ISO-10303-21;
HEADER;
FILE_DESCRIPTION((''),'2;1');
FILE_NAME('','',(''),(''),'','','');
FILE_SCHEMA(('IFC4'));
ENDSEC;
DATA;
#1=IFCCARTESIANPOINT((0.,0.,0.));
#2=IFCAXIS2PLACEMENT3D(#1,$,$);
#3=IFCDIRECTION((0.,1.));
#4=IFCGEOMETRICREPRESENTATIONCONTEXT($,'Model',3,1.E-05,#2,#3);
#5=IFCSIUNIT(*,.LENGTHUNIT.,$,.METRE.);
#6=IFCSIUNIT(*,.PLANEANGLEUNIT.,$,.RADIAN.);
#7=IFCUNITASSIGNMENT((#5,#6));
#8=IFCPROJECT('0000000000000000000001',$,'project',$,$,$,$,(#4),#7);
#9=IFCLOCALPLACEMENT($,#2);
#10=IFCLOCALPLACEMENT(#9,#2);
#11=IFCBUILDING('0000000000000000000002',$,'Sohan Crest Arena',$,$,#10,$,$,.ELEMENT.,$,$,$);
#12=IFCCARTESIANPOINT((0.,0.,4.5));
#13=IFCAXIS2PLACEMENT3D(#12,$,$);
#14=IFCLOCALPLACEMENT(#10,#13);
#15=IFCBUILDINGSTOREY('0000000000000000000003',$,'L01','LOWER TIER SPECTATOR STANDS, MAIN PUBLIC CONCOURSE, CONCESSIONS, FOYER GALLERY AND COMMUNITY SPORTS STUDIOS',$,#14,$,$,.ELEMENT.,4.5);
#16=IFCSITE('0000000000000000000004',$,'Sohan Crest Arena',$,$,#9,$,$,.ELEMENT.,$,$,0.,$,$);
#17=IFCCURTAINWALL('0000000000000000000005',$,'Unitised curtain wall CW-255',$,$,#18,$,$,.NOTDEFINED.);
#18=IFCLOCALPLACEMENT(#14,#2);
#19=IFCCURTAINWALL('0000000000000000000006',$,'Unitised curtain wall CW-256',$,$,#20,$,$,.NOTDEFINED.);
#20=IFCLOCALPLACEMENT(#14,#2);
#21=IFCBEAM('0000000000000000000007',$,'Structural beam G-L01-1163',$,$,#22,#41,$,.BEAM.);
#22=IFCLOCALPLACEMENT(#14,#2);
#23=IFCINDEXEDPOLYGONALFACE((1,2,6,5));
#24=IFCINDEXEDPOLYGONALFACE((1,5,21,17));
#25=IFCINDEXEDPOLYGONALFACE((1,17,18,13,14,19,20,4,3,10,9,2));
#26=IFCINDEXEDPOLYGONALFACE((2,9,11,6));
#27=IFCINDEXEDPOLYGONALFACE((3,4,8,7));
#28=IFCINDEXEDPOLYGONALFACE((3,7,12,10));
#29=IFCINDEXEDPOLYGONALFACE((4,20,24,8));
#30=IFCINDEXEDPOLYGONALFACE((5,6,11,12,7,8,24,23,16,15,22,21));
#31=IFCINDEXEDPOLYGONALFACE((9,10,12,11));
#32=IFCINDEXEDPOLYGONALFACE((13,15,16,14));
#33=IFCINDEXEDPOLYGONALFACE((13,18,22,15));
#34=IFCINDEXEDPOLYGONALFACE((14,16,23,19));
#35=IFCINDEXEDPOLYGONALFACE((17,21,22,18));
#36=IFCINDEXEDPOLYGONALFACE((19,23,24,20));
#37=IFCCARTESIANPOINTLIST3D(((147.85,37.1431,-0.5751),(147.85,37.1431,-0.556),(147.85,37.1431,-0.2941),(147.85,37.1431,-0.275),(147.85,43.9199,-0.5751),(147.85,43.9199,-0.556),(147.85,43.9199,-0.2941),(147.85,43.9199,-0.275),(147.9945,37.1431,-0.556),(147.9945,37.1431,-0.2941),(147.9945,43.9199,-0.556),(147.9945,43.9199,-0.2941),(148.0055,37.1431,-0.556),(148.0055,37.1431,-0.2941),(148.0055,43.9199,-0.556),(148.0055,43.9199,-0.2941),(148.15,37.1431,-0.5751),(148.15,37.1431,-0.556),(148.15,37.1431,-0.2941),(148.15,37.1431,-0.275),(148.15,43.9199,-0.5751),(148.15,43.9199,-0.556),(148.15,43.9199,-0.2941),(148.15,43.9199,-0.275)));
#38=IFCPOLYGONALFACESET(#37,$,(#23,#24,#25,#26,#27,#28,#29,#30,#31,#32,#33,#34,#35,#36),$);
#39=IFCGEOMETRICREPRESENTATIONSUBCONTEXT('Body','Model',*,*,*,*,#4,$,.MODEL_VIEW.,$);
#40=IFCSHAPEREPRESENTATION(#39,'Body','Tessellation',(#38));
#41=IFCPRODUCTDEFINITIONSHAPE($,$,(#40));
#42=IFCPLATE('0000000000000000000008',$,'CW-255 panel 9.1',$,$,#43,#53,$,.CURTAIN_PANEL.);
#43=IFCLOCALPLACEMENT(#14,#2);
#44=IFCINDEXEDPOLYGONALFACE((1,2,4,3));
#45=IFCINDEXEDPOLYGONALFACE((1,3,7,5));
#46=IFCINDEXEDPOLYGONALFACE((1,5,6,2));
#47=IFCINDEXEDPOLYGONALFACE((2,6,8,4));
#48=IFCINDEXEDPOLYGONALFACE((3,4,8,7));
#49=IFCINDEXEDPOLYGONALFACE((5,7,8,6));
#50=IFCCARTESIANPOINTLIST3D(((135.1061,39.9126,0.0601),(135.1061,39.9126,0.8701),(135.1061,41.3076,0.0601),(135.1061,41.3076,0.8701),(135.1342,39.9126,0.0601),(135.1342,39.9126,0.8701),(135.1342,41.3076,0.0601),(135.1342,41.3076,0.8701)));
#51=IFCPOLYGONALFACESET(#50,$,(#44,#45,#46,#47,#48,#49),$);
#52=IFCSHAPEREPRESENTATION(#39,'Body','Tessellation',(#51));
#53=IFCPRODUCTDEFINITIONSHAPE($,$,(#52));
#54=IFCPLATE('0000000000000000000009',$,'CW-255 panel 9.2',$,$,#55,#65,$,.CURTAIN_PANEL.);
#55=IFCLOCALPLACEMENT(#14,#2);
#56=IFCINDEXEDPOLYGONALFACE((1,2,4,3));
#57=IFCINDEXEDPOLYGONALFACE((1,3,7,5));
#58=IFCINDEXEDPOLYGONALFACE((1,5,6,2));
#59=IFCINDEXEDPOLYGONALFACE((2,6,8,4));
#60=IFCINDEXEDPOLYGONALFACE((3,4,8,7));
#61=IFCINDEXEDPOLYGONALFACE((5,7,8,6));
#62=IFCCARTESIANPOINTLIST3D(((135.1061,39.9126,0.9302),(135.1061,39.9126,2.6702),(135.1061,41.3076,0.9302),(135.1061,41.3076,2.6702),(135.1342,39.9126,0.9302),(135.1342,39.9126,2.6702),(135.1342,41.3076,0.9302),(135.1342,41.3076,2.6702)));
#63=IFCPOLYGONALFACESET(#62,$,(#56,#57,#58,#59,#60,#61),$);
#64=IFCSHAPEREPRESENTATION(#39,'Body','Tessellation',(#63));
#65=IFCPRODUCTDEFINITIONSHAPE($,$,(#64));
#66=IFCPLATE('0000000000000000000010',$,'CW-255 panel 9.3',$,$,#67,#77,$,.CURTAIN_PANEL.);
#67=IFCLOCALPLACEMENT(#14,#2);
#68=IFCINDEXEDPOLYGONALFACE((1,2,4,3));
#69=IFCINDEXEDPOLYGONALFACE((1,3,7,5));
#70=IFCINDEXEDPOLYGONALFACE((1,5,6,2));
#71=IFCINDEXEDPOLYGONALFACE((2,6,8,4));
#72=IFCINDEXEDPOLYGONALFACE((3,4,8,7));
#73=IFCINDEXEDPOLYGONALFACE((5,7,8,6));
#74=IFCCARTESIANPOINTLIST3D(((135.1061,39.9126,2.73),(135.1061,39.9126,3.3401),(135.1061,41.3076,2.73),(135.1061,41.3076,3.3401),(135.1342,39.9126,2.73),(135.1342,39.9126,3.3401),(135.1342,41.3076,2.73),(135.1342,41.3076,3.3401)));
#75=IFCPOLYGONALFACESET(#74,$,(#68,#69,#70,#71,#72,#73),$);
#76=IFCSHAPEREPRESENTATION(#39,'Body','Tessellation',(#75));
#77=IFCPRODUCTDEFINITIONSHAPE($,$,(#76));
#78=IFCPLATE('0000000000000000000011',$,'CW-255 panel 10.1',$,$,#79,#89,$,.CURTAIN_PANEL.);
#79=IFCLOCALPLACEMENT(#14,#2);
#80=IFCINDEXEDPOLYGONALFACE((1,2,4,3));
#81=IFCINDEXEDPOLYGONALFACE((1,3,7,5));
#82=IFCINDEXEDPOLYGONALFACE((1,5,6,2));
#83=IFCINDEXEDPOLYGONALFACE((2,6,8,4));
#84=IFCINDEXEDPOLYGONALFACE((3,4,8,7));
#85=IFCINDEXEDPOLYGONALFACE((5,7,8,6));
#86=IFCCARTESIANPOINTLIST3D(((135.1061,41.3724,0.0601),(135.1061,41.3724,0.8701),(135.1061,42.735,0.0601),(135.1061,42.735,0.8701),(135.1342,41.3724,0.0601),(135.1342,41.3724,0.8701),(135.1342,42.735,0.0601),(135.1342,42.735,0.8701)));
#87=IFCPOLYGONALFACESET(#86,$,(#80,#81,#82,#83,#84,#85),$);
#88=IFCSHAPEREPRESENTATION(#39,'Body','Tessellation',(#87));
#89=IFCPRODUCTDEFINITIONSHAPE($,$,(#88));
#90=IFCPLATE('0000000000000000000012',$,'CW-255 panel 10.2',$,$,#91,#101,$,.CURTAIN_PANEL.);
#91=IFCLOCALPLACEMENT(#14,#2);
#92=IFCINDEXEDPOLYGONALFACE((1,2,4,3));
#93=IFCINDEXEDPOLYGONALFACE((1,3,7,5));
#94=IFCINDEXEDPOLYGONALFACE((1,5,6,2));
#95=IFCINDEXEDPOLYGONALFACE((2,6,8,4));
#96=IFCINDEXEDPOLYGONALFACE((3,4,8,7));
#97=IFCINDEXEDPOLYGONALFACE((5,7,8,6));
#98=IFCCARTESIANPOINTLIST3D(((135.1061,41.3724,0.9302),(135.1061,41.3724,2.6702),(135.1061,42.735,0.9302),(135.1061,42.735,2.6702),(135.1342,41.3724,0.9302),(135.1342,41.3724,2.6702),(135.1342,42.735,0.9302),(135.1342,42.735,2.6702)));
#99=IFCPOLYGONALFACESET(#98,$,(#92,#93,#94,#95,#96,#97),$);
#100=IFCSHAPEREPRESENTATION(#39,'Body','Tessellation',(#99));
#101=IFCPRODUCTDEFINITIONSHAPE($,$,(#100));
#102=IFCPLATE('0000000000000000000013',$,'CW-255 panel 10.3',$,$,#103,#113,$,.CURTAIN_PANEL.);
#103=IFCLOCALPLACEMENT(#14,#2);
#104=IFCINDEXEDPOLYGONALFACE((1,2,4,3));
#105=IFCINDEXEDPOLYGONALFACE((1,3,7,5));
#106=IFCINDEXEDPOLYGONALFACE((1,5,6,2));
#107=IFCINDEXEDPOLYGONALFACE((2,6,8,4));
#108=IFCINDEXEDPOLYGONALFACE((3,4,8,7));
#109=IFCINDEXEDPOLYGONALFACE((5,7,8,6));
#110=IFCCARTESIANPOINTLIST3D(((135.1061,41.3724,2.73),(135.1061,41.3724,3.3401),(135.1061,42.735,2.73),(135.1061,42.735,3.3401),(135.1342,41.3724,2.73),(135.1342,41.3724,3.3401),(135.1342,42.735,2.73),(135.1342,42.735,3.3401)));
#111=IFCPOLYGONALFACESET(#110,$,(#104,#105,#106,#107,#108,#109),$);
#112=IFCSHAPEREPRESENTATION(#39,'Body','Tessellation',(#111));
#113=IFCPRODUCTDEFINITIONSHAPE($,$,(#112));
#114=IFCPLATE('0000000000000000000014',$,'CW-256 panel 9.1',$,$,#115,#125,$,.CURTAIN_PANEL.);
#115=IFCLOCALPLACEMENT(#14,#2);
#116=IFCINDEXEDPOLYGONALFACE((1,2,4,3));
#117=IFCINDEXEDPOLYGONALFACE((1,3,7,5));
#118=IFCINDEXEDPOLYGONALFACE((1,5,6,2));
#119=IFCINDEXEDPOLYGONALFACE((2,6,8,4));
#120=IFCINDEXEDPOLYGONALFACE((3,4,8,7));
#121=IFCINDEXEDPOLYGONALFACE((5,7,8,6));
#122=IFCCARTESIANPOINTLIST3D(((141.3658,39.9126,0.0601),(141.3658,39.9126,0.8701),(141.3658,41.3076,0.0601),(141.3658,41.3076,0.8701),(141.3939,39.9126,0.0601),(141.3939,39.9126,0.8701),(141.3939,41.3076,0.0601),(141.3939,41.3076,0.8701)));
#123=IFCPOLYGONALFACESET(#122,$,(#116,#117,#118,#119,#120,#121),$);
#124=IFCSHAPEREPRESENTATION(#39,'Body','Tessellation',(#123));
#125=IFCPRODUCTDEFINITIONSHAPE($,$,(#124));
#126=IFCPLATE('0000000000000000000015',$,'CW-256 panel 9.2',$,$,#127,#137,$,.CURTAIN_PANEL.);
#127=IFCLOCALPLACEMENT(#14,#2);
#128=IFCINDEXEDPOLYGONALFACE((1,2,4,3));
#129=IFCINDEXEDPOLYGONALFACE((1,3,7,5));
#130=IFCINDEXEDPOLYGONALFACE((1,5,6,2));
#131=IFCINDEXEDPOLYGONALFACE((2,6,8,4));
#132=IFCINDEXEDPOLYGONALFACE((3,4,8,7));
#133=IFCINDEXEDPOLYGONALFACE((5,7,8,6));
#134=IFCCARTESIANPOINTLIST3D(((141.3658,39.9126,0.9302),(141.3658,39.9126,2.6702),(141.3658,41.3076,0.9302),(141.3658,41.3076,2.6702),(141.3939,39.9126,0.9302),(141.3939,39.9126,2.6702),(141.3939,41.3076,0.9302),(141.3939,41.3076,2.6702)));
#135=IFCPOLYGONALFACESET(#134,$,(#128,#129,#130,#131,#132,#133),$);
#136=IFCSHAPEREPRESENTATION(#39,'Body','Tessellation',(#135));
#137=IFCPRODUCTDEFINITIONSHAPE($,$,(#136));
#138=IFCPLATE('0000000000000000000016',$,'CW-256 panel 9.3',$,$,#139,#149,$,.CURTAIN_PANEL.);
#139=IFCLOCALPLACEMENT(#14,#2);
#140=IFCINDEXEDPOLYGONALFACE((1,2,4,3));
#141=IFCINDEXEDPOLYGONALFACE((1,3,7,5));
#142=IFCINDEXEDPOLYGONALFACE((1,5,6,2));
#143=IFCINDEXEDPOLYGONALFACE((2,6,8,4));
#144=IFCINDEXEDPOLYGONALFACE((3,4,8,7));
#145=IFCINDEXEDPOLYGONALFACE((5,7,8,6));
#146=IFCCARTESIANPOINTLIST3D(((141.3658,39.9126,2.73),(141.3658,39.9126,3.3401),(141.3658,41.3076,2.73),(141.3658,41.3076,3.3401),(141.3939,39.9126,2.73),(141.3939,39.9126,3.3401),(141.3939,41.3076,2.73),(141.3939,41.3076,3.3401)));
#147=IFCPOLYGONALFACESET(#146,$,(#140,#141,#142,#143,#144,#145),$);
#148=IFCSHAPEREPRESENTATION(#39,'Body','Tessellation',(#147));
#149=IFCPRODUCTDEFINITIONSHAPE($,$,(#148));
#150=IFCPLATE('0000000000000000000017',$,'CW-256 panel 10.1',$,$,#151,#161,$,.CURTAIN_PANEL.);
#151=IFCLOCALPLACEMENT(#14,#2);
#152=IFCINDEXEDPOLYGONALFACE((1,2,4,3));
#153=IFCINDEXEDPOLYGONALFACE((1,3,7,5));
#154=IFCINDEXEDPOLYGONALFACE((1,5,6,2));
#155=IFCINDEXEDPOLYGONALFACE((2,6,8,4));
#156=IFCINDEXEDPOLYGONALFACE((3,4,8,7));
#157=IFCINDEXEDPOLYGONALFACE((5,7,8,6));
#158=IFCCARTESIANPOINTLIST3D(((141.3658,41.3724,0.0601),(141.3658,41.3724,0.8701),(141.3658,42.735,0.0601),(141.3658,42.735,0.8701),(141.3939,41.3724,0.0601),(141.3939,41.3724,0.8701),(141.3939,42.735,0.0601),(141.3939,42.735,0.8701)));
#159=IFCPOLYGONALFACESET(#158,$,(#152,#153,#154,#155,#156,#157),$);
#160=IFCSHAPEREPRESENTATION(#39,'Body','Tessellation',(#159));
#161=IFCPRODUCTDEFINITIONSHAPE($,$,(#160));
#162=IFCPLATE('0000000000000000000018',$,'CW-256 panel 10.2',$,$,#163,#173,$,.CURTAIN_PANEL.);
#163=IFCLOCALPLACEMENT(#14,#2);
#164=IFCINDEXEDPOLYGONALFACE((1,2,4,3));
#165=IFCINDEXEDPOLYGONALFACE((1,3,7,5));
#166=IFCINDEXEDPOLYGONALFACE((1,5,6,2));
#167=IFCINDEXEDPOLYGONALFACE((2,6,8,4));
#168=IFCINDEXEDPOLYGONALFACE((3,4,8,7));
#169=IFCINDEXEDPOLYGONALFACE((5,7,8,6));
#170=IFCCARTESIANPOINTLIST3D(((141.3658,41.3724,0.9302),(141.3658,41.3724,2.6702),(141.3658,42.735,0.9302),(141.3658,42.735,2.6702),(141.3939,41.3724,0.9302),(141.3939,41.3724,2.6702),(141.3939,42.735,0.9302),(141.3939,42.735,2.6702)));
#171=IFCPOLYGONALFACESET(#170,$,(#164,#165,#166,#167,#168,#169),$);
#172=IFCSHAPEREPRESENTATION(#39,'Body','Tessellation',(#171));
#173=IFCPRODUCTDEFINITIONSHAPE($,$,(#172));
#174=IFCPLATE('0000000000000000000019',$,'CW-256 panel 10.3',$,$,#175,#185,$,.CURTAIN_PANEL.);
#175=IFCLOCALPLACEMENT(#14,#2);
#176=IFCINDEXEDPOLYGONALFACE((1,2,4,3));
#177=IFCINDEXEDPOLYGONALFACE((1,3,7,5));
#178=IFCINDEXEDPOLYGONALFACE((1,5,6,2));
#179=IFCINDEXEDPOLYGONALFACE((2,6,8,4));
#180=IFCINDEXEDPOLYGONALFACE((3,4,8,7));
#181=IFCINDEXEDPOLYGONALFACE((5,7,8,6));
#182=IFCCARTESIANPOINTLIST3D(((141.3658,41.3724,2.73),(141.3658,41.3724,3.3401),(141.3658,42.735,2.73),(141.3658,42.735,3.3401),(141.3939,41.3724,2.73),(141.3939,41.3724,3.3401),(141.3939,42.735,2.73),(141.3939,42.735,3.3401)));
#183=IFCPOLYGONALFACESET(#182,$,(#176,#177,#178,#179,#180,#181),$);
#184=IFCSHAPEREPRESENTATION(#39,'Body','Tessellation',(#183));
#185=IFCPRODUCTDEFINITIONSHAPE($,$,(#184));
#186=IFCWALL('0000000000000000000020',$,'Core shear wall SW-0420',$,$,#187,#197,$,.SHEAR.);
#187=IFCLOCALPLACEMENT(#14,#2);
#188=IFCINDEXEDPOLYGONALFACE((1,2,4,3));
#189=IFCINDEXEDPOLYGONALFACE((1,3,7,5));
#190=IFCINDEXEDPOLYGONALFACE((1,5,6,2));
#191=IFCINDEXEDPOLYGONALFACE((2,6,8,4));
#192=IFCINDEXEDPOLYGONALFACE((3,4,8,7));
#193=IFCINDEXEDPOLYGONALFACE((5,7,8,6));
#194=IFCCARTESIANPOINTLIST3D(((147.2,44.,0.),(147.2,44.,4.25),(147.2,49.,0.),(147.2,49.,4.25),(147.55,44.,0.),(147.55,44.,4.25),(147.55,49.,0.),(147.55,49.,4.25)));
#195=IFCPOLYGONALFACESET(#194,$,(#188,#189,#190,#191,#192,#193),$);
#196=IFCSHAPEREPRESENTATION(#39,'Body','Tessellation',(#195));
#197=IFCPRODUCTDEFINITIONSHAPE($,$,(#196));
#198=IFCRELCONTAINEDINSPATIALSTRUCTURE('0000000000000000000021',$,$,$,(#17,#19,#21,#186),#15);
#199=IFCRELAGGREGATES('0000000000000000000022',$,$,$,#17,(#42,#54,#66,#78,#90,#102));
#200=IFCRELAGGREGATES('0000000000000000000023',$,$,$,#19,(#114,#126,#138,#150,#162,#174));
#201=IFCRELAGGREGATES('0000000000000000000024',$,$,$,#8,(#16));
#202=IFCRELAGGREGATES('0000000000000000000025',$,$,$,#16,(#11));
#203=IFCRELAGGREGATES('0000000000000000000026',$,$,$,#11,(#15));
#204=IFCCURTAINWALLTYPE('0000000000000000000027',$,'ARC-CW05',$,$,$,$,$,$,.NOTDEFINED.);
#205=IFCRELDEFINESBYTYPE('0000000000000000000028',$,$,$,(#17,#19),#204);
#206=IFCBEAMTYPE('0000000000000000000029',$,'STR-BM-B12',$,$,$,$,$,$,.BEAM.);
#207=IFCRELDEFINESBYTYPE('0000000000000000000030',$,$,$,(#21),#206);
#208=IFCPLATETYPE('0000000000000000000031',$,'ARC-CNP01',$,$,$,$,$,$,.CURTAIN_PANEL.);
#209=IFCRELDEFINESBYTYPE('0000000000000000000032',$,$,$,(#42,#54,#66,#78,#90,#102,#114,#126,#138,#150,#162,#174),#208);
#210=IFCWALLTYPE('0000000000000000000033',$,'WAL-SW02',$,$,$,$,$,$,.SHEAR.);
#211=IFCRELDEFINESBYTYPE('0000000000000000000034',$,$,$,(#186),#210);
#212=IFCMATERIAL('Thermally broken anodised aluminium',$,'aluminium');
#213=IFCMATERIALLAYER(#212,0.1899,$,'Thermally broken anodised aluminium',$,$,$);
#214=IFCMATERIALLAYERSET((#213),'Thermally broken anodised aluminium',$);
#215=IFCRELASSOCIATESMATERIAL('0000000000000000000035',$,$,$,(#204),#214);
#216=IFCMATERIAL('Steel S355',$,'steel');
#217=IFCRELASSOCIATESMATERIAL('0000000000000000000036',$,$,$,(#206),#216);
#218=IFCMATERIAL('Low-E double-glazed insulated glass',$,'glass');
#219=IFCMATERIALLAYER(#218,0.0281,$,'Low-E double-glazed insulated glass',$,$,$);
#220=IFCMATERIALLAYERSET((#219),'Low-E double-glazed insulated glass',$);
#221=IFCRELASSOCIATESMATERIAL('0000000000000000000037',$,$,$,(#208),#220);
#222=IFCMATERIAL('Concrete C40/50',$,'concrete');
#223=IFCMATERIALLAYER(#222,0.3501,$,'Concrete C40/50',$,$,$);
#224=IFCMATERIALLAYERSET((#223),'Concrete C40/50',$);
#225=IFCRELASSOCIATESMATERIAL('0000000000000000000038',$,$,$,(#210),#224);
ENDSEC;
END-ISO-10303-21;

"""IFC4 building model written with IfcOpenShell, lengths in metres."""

from ifc_helpers import new_model, si_unit, direction, frame, frame_2d, origin, origin_2d, place, context, subcontext, project, spatial, rectangle, i_section, extrude, material, layer, layer_set, material_profile, profile_set, type_object, element, aggregate, save


model = new_model("IFC4")

# Units and contexts
model_context = context("Model", 3, precision=1e-05, world=origin(), true_north=direction((0.0, 1.0)))
body_context = subcontext(model_context, "Body", "Model", "MODEL_VIEW")
ifc_project = project(units=[si_unit("LENGTHUNIT", "METRE"), si_unit("PLANEANGLEUNIT", "RADIAN")], contexts=[model_context])

# Site, building, storey
site_placement = place(None, origin())
site = spatial("IfcSite", under=ifc_project, at=site_placement, Name="Sohan Crest Arena", CompositionType="ELEMENT", RefElevation=0.0)
building_placement = place(site_placement, origin())
building = spatial("IfcBuilding", under=site, at=building_placement, Name="Sohan Crest Arena", CompositionType="ELEMENT")
storey_placement = place(building_placement, frame((0.0, 0.0, 4.5)))
storey = spatial("IfcBuildingStorey", under=building, at=storey_placement, Name="L01", Description="LOWER TIER SPECTATOR STANDS, MAIN PUBLIC CONCOURSE, CONCESSIONS, FOYER GALLERY AND COMMUNITY SPORTS STUDIOS", CompositionType="ELEMENT", Elevation=4.5)

# Curtain walls
ifc_material_1 = material(Name="Thermally broken anodised aluminium", Category="aluminium")
ifc_layer_1 = layer(ifc_material_1, 0.1899, Name="Thermally broken anodised aluminium")
ifc_layer_set_1 = layer_set([ifc_layer_1], Name="Thermally broken anodised aluminium")
curtain_wall_type = type_object("IfcCurtainWallType", Name="ARC-CW05", PredefinedType="NOTDEFINED", material=ifc_layer_set_1)
curtain_wall_1_placement = place(storey_placement, origin())
curtain_wall_1 = element("IfcCurtainWall", 1, at=curtain_wall_1_placement, inside=storey, type_object=curtain_wall_type, Name="Unitised curtain wall CW-255", PredefinedType="NOTDEFINED")
curtain_wall_2_placement = place(storey_placement, origin())
curtain_wall_2 = element("IfcCurtainWall", 2, at=curtain_wall_2_placement, inside=storey, type_object=curtain_wall_type, Name="Unitised curtain wall CW-256", PredefinedType="NOTDEFINED")

# Beam
ifc_material_2 = material(Name="Steel S355", Category="steel")
ifc_material_profile_1 = material_profile(ifc_material_2, i_section(OverallWidth=0.3, OverallDepth=0.3, WebThickness=0.011, FlangeThickness=0.019, at=origin_2d()), Name="HEB 300")
ifc_profile_set_1 = profile_set([ifc_material_profile_1], Name="Steel S355")
beam_type_1 = type_object("IfcBeamType", Name="STR-BM-B12", PredefinedType="BEAM", material=ifc_profile_set_1)
beam_1_placement = place(storey_placement, frame((148.0, 43.9199, -0.425), z_axis=(0.0, -1.0, 0.0), x_axis=(1.0, 0.0, 0.0)))
element("IfcBeam", 3, at=beam_1_placement, inside=storey, type_object=beam_type_1, Name="Structural beam G-L01-1163", PredefinedType="BEAM", context=body_context, shape_type="SweptSolid", body=[
    extrude(i_section(OverallWidth=0.3, OverallDepth=0.3, WebThickness=0.011, FlangeThickness=0.019, at=origin_2d()), origin(), (0.0, 0.0, 1.0), 6.7769),
])

# Plates
ifc_material_3 = material(Name="Low-E double-glazed insulated glass", Category="glass")
ifc_layer_2 = layer(ifc_material_3, 0.0281, Name="Low-E double-glazed insulated glass")
ifc_layer_set_2 = layer_set([ifc_layer_2], Name="Low-E double-glazed insulated glass")
plate_type = type_object("IfcPlateType", Name="ARC-CNP01", PredefinedType="CURTAIN_PANEL", material=ifc_layer_set_2)
plate_1_placement = place(storey_placement, frame((135.1201, 40.6101, 0.0601), z_axis=(0.0, 0.0, 1.0), x_axis=(0.0, 1.0, 0.0)))
plate_1 = element("IfcPlate", 4, at=plate_1_placement, type_object=plate_type, Name="CW-255 panel 9.1", PredefinedType="CURTAIN_PANEL", context=body_context, shape_type="SweptSolid", body=[
    extrude(rectangle(XDim=1.395, YDim=0.0281, at=origin_2d()), origin(), (0.0, 0.0, 1.0), 0.8101),
])
plate_2_placement = place(storey_placement, frame((135.1201, 40.6101, 0.9302), z_axis=(0.0, 0.0, 1.0), x_axis=(0.0, 1.0, 0.0)))
plate_2 = element("IfcPlate", 5, at=plate_2_placement, type_object=plate_type, Name="CW-255 panel 9.2", PredefinedType="CURTAIN_PANEL", context=body_context, shape_type="SweptSolid", body=[
    extrude(rectangle(XDim=1.395, YDim=0.0281, at=origin_2d()), origin(), (0.0, 0.0, 1.0), 1.74),
])
plate_3_placement = place(storey_placement, frame((135.1201, 40.6101, 2.73), z_axis=(0.0, 0.0, 1.0), x_axis=(0.0, 1.0, 0.0)))
plate_3 = element("IfcPlate", 6, at=plate_3_placement, type_object=plate_type, Name="CW-255 panel 9.3", PredefinedType="CURTAIN_PANEL", context=body_context, shape_type="SweptSolid", body=[
    extrude(rectangle(XDim=1.395, YDim=0.0281, at=origin_2d()), origin(), (0.0, 0.0, 1.0), 0.6101),
])
plate_4_placement = place(storey_placement, frame((135.1201, 42.0537, 0.0601), z_axis=(0.0, 0.0, 1.0), x_axis=(0.0, 1.0, 0.0)))
plate_4 = element("IfcPlate", 7, at=plate_4_placement, type_object=plate_type, Name="CW-255 panel 10.1", PredefinedType="CURTAIN_PANEL", context=body_context, shape_type="SweptSolid", body=[
    extrude(rectangle(XDim=1.3625, YDim=0.0281, at=origin_2d()), origin(), (0.0, 0.0, 1.0), 0.8101),
])
plate_5_placement = place(storey_placement, frame((135.1201, 42.0537, 0.9302), z_axis=(0.0, 0.0, 1.0), x_axis=(0.0, 1.0, 0.0)))
plate_5 = element("IfcPlate", 8, at=plate_5_placement, type_object=plate_type, Name="CW-255 panel 10.2", PredefinedType="CURTAIN_PANEL", context=body_context, shape_type="SweptSolid", body=[
    extrude(rectangle(XDim=1.3625, YDim=0.0281, at=origin_2d()), origin(), (0.0, 0.0, 1.0), 1.74),
])
plate_6_placement = place(storey_placement, frame((135.1201, 42.0537, 2.73), z_axis=(0.0, 0.0, 1.0), x_axis=(0.0, 1.0, 0.0)))
plate_6 = element("IfcPlate", 9, at=plate_6_placement, type_object=plate_type, Name="CW-255 panel 10.3", PredefinedType="CURTAIN_PANEL", context=body_context, shape_type="SweptSolid", body=[
    extrude(rectangle(XDim=1.3625, YDim=0.0281, at=origin_2d()), origin(), (0.0, 0.0, 1.0), 0.6101),
])
aggregate(curtain_wall_1, [plate_1, plate_2, plate_3, plate_4, plate_5, plate_6])
plate_7_placement = place(storey_placement, frame((141.3799, 40.6101, 0.0601), z_axis=(0.0, 0.0, 1.0), x_axis=(0.0, 1.0, 0.0)))
plate_7 = element("IfcPlate", 10, at=plate_7_placement, type_object=plate_type, Name="CW-256 panel 9.1", PredefinedType="CURTAIN_PANEL", context=body_context, shape_type="SweptSolid", body=[
    extrude(rectangle(XDim=1.395, YDim=0.0281, at=origin_2d()), origin(), (0.0, 0.0, 1.0), 0.8101),
])
plate_8_placement = place(storey_placement, frame((141.3799, 40.6101, 0.9302), z_axis=(0.0, 0.0, 1.0), x_axis=(0.0, 1.0, 0.0)))
plate_8 = element("IfcPlate", 11, at=plate_8_placement, type_object=plate_type, Name="CW-256 panel 9.2", PredefinedType="CURTAIN_PANEL", context=body_context, shape_type="SweptSolid", body=[
    extrude(rectangle(XDim=1.395, YDim=0.0281, at=origin_2d()), origin(), (0.0, 0.0, 1.0), 1.74),
])
plate_9_placement = place(storey_placement, frame((141.3799, 40.6101, 2.73), z_axis=(0.0, 0.0, 1.0), x_axis=(0.0, 1.0, 0.0)))
plate_9 = element("IfcPlate", 12, at=plate_9_placement, type_object=plate_type, Name="CW-256 panel 9.3", PredefinedType="CURTAIN_PANEL", context=body_context, shape_type="SweptSolid", body=[
    extrude(rectangle(XDim=1.395, YDim=0.0281, at=origin_2d()), origin(), (0.0, 0.0, 1.0), 0.6101),
])
plate_10_placement = place(storey_placement, frame((141.3799, 42.0537, 0.0601), z_axis=(0.0, 0.0, 1.0), x_axis=(0.0, 1.0, 0.0)))
plate_10 = element("IfcPlate", 13, at=plate_10_placement, type_object=plate_type, Name="CW-256 panel 10.1", PredefinedType="CURTAIN_PANEL", context=body_context, shape_type="SweptSolid", body=[
    extrude(rectangle(XDim=1.3625, YDim=0.0281, at=origin_2d()), origin(), (0.0, 0.0, 1.0), 0.8101),
])
plate_11_placement = place(storey_placement, frame((141.3799, 42.0537, 0.9302), z_axis=(0.0, 0.0, 1.0), x_axis=(0.0, 1.0, 0.0)))
plate_11 = element("IfcPlate", 14, at=plate_11_placement, type_object=plate_type, Name="CW-256 panel 10.2", PredefinedType="CURTAIN_PANEL", context=body_context, shape_type="SweptSolid", body=[
    extrude(rectangle(XDim=1.3625, YDim=0.0281, at=origin_2d()), origin(), (0.0, 0.0, 1.0), 1.74),
])
plate_12_placement = place(storey_placement, frame((141.3799, 42.0537, 2.73), z_axis=(0.0, 0.0, 1.0), x_axis=(0.0, 1.0, 0.0)))
plate_12 = element("IfcPlate", 15, at=plate_12_placement, type_object=plate_type, Name="CW-256 panel 10.3", PredefinedType="CURTAIN_PANEL", context=body_context, shape_type="SweptSolid", body=[
    extrude(rectangle(XDim=1.3625, YDim=0.0281, at=origin_2d()), origin(), (0.0, 0.0, 1.0), 0.6101),
])
aggregate(curtain_wall_2, [plate_7, plate_8, plate_9, plate_10, plate_11, plate_12])

# Wall
ifc_material_4 = material(Name="Concrete C40/50", Category="concrete")
ifc_layer_3 = layer(ifc_material_4, 0.3501, Name="Concrete C40/50")
ifc_layer_set_3 = layer_set([ifc_layer_3], Name="Concrete C40/50")
wall_type = type_object("IfcWallType", Name="WAL-SW02", PredefinedType="SHEAR", material=ifc_layer_set_3)
wall_1_placement = place(storey_placement, frame((147.375, 44.0, 0.0), z_axis=(0.0, 0.0, 1.0), x_axis=(0.0, 1.0, 0.0)))
element("IfcWall", 16, at=wall_1_placement, inside=storey, type_object=wall_type, Name="Core shear wall SW-0420", PredefinedType="SHEAR", context=body_context, shape_type="SweptSolid", body=[
    extrude(rectangle(XDim=5.0, YDim=0.3501, at=frame_2d((2.5, 0.0))), origin(), (0.0, 0.0, 1.0), 4.25),
])

save(model, "model.ifc")
